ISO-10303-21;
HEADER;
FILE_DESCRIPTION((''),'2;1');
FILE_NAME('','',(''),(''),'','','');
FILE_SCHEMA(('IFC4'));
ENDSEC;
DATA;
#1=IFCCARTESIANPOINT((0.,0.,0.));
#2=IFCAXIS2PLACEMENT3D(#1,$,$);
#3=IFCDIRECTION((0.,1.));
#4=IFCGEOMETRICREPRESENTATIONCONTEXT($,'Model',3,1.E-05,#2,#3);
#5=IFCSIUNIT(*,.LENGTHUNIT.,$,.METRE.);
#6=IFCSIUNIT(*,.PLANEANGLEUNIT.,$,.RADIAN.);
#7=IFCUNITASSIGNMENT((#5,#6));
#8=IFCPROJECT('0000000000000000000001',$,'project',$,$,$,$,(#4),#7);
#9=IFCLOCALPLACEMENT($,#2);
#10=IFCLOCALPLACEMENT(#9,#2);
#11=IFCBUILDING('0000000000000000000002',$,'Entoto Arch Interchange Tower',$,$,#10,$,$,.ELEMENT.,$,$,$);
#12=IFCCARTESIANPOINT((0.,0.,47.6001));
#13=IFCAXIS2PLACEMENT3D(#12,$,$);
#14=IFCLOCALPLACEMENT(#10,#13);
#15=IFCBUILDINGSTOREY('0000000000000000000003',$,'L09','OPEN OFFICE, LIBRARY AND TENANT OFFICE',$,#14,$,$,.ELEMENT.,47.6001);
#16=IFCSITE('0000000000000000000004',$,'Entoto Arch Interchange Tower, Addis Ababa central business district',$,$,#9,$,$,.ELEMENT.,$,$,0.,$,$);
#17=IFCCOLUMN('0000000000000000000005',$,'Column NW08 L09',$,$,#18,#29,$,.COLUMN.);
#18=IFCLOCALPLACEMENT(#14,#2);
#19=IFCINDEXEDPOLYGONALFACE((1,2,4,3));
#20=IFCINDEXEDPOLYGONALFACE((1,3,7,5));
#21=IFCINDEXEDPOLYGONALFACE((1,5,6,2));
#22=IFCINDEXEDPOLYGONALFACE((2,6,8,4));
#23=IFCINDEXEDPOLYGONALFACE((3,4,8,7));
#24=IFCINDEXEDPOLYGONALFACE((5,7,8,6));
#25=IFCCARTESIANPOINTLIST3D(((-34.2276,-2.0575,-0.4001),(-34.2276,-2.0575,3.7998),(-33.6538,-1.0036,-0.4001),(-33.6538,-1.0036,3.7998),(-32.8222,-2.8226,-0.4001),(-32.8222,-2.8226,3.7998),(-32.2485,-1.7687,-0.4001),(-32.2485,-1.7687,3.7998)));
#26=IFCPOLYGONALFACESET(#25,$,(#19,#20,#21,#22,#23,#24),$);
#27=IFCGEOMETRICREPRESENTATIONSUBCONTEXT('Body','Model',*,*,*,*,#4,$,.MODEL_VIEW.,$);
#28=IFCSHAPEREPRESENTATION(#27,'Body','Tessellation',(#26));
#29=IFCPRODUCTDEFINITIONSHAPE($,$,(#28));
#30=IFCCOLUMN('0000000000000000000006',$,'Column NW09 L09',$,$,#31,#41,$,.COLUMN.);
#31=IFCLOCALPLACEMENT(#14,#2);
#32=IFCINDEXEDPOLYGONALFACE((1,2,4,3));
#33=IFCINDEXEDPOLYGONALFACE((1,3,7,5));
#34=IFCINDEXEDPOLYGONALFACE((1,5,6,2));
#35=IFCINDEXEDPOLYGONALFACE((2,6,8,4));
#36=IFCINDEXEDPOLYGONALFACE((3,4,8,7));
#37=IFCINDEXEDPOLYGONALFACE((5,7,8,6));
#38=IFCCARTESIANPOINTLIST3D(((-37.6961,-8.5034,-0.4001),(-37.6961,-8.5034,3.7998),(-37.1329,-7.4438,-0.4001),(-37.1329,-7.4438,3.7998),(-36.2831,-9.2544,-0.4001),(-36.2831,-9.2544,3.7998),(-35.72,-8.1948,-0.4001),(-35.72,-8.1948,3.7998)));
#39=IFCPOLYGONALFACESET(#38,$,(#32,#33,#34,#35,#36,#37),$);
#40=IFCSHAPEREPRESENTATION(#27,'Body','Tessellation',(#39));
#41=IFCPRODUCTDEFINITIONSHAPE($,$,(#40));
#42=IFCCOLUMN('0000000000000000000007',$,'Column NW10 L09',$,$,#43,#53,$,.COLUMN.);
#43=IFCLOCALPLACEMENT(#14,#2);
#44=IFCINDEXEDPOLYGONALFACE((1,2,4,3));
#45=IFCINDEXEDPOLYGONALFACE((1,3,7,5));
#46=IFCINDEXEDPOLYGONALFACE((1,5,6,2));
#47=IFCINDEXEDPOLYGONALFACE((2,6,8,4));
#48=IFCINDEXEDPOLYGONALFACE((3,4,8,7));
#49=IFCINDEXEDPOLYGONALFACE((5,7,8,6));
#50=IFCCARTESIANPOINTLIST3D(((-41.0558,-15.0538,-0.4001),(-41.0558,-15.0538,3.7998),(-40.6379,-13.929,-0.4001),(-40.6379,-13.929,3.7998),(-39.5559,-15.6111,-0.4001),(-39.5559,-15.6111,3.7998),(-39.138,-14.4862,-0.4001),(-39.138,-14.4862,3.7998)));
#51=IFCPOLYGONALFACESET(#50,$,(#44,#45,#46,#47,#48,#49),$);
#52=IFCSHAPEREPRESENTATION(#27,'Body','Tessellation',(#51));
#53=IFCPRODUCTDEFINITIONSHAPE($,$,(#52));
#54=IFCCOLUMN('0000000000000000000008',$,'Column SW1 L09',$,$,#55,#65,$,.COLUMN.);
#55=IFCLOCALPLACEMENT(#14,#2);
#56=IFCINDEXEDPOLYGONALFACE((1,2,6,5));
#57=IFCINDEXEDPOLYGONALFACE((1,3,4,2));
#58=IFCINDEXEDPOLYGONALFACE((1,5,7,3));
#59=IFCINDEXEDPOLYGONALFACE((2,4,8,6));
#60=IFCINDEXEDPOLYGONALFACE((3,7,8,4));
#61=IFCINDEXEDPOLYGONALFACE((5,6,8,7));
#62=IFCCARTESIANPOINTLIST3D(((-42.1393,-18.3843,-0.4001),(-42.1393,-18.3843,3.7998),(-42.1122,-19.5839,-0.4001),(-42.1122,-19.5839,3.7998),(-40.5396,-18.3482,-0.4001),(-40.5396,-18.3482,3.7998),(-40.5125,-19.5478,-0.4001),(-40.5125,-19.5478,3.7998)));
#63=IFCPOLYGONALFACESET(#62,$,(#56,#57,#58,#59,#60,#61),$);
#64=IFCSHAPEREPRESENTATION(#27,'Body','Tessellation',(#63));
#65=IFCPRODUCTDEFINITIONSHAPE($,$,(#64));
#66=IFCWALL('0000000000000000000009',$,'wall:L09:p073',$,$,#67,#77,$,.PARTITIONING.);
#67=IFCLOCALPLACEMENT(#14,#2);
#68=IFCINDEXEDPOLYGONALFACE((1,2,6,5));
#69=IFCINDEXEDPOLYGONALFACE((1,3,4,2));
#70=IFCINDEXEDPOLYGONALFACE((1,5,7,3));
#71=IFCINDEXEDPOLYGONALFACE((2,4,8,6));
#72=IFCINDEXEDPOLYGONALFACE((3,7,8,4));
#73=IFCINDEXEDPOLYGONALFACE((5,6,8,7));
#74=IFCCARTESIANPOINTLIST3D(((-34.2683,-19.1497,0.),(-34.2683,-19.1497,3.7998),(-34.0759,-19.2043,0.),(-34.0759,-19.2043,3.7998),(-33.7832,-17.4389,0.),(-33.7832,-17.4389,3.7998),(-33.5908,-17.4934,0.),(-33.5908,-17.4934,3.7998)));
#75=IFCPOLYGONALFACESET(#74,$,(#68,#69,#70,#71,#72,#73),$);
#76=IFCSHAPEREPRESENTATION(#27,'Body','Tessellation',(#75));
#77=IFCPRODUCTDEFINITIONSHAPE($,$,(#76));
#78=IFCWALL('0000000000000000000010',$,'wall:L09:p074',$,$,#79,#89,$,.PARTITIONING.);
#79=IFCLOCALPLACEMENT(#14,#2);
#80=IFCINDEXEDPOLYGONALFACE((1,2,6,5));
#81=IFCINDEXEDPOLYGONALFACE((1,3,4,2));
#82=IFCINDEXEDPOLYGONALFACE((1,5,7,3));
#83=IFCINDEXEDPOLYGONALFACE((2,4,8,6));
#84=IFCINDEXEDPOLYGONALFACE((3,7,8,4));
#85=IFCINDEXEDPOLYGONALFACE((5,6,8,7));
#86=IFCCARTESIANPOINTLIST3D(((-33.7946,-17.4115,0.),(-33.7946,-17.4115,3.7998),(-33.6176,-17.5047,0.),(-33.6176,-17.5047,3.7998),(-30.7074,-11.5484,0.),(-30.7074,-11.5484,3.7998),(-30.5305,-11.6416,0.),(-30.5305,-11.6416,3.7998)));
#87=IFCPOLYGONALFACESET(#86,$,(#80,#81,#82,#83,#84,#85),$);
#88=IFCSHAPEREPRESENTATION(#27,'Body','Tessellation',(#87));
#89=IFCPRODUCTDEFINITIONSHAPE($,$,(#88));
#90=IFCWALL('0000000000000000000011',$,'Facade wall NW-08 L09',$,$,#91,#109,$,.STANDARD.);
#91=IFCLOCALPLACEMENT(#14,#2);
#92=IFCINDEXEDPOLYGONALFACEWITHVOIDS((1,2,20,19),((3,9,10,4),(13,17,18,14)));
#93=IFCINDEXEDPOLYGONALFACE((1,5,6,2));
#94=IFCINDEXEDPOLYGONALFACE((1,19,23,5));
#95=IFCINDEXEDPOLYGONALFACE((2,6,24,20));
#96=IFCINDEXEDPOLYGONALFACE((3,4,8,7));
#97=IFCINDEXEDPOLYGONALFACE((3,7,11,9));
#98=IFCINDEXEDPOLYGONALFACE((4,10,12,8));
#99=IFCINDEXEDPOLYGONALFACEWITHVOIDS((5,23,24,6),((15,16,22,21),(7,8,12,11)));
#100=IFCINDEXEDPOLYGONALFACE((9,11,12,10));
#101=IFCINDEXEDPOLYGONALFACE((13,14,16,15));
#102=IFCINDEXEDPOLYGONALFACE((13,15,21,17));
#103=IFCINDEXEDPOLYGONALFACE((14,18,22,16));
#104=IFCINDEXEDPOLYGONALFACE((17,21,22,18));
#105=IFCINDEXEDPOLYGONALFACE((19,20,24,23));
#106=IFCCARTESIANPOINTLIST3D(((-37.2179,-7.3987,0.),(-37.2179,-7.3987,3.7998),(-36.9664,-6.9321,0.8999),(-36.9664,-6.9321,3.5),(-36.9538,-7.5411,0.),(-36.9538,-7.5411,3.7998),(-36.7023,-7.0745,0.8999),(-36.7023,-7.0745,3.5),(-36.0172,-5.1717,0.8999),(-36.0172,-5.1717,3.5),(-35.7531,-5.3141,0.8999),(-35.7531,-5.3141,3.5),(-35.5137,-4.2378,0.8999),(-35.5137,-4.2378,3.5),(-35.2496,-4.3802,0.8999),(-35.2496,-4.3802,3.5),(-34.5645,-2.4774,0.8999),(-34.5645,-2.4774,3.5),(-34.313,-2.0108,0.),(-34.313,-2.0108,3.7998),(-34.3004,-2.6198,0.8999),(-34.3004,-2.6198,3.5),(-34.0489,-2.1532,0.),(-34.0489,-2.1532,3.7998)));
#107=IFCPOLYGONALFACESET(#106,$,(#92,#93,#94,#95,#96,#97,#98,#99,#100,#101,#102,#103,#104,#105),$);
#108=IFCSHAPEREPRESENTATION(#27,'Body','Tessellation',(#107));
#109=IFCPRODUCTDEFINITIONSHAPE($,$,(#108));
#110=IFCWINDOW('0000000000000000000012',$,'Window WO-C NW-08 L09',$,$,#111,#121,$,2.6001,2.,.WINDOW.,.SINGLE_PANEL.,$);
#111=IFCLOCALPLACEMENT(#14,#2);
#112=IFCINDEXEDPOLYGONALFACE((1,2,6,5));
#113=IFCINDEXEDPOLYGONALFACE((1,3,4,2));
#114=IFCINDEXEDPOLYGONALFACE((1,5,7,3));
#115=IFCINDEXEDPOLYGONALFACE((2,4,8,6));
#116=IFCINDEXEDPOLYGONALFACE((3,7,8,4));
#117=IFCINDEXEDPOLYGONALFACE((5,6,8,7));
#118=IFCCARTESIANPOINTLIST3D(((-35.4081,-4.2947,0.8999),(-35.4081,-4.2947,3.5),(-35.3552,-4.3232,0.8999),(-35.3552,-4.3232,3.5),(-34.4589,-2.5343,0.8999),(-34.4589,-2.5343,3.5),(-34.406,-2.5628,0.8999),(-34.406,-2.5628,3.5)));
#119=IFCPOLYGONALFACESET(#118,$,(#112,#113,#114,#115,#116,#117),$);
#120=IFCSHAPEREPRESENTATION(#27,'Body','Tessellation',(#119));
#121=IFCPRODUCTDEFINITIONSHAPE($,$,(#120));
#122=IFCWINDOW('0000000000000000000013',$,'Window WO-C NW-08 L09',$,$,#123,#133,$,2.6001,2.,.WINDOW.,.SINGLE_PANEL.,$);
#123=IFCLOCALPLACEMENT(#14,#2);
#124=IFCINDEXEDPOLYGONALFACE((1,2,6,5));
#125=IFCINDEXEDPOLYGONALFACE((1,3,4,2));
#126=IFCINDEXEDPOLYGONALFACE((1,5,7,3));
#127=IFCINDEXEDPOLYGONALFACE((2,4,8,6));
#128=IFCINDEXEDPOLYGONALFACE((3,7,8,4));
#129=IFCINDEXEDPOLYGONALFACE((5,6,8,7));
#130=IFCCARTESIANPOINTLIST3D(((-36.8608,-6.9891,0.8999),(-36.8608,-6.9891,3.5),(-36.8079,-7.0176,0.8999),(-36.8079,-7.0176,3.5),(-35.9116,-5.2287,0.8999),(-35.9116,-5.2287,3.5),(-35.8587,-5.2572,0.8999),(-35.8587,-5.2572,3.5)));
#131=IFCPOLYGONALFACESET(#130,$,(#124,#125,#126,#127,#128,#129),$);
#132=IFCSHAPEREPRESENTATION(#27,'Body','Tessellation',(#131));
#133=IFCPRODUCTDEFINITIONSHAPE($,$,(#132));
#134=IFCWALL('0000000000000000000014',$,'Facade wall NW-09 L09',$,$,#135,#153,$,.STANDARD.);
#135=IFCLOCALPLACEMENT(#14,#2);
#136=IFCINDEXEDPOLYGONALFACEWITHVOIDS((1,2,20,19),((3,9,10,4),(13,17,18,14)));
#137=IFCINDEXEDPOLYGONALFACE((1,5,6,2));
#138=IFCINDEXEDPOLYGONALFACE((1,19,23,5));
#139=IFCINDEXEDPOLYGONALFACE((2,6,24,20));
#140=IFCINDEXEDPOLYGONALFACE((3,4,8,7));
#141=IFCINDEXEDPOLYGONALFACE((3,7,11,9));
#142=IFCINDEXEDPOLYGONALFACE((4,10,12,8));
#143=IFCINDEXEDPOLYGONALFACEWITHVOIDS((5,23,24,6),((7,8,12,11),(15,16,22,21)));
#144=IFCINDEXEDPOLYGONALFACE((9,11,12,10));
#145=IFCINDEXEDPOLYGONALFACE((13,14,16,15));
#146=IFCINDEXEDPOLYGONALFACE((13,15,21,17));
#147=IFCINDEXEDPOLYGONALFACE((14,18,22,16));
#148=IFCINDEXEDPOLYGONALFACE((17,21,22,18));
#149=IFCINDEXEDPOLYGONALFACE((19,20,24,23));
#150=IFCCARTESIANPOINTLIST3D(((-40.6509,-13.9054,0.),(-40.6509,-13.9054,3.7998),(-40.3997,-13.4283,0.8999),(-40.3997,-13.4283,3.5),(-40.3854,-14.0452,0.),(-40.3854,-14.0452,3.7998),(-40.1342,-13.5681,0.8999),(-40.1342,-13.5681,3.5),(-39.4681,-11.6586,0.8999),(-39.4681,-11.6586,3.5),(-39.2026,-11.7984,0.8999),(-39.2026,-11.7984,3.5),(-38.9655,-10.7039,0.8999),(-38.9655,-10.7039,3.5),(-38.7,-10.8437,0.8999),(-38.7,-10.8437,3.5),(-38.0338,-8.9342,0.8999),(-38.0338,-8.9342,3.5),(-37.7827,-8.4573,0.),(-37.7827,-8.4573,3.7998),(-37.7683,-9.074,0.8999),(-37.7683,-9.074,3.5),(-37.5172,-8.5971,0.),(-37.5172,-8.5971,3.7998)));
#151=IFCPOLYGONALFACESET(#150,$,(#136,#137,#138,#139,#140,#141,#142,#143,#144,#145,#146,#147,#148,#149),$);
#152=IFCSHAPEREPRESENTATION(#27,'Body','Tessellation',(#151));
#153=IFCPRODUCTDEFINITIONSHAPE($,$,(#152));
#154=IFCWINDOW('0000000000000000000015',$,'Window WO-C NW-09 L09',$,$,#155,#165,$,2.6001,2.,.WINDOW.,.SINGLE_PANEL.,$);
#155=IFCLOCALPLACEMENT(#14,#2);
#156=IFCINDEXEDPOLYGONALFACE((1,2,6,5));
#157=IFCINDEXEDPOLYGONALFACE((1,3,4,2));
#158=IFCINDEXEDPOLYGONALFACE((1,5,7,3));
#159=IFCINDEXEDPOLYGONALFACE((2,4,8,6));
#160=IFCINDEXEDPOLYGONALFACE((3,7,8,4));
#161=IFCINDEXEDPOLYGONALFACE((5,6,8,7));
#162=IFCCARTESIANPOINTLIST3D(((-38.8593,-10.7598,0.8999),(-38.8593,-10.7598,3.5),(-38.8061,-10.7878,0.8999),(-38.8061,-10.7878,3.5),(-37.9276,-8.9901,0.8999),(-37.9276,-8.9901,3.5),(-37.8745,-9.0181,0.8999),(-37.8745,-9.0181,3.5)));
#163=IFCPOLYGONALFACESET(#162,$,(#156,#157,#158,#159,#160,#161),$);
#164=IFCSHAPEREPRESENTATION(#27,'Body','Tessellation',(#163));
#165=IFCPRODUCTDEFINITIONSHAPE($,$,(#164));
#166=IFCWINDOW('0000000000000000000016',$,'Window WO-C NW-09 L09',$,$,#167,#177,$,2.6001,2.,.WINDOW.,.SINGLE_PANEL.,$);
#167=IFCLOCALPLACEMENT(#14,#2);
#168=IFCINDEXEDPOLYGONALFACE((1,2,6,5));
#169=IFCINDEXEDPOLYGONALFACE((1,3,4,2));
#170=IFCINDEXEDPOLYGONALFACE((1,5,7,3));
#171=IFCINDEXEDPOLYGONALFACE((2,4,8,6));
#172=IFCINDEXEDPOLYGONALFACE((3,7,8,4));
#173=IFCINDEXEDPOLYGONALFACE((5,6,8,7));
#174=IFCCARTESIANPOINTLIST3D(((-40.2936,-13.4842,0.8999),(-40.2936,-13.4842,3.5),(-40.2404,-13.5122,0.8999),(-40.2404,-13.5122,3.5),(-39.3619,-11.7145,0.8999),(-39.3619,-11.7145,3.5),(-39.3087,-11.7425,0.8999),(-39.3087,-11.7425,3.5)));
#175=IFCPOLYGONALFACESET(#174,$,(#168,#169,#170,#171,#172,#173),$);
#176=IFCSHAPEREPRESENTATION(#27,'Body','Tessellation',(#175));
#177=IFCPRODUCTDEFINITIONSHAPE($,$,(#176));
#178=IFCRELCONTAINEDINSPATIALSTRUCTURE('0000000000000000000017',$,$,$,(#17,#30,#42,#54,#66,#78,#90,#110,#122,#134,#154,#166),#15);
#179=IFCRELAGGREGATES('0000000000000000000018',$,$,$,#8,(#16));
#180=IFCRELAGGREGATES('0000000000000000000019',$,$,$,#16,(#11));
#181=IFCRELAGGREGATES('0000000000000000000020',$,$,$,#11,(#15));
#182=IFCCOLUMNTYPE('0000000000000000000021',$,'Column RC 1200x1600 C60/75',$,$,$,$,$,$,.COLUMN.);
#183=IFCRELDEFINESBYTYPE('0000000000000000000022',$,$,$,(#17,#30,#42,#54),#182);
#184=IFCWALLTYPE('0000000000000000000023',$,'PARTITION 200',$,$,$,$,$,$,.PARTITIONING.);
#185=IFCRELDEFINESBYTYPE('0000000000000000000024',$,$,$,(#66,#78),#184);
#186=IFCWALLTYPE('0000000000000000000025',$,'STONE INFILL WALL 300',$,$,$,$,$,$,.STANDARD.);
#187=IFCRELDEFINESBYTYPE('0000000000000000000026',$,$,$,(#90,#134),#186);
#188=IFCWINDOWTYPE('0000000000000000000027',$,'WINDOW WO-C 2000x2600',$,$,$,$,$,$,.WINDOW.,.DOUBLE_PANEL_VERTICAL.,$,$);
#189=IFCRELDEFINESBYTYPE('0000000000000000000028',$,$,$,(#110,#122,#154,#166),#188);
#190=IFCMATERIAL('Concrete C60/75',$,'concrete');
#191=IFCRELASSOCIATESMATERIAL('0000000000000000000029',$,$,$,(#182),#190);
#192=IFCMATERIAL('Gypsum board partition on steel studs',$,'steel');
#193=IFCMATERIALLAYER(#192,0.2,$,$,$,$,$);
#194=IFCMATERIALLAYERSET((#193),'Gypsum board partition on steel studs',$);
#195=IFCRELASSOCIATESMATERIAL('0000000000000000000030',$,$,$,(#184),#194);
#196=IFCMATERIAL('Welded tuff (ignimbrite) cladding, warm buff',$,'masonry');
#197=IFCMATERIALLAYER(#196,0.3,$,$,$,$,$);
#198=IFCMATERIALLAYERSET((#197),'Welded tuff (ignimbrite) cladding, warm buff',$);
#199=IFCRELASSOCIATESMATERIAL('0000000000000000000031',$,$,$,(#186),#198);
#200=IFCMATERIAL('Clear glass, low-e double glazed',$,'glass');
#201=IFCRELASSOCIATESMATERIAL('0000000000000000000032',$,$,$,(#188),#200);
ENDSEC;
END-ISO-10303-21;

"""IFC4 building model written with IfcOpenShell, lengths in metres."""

from ifc_helpers import new_model, si_unit, direction, frame, frame_2d, origin, origin_2d, place, context, subcontext, project, spatial, rectangle, extrude, material, layer, layer_set, material_profile, profile_set, type_object, element, fill, save


model = new_model("IFC4")

# Units and contexts
model_context = context("Model", 3, precision=1e-05, world=origin(), true_north=direction((0.0, 1.0)))
body_context = subcontext(model_context, "Body", "Model", "MODEL_VIEW")
ifc_project = project(units=[si_unit("LENGTHUNIT", "METRE"), si_unit("PLANEANGLEUNIT", "RADIAN")], contexts=[model_context])

# Site, building, storey
site_placement = place(None, origin())
site = spatial("IfcSite", under=ifc_project, at=site_placement, Name="Entoto Arch Interchange Tower, Addis Ababa central business district", CompositionType="ELEMENT", RefElevation=0.0)
building_placement = place(site_placement, origin())
building = spatial("IfcBuilding", under=site, at=building_placement, Name="Entoto Arch Interchange Tower", CompositionType="ELEMENT")
storey_placement = place(building_placement, frame((0.0, 0.0, 47.6001)))
storey = spatial("IfcBuildingStorey", under=building, at=storey_placement, Name="L09", Description="OPEN OFFICE, LIBRARY AND TENANT OFFICE", CompositionType="ELEMENT", Elevation=47.6001)

# Columns
ifc_material_1 = material(Name="Concrete C60/75", Category="concrete")
ifc_material_profile = material_profile(ifc_material_1, rectangle(XDim=1.2, YDim=1.6001, at=origin_2d()))
ifc_profile_set = profile_set([ifc_material_profile], Name="Concrete C60/75")
column_type = type_object("IfcColumnType", Name="Column RC 1200x1600 C60/75", PredefinedType="COLUMN", material=ifc_profile_set)
for number, where, z_axis, x_axis, name in (
    (1, (-33.238, -1.9131, -0.4001), (0.0, 0.0, 1.0), (0.47814, 0.878284, 0.0), "Column NW08 L09"),
    (2, (-36.708, -8.3491, -0.4001), (0.0, 0.0, 1.0), (0.469317, 0.88303, 0.0), "Column NW09 L09"),
    (3, (-40.0969, -14.77, -0.4001), (0.0, 0.0, 1.0), (0.348278, 0.937391, 0.0), "Column NW10 L09"),
    (4, (-41.3259, -18.9661, -0.4001), (0.0, 0.0, 1.0), (-0.022565, 0.999745, 0.0), "Column SW1 L09"),
):
    element("IfcColumn", number, at=place(storey_placement, frame(where, z_axis=z_axis, x_axis=x_axis)), inside=storey, type_object=column_type, Name=name, PredefinedType="COLUMN", context=body_context, shape_type="SweptSolid", body=[
        extrude(rectangle(XDim=1.2, YDim=1.6001, at=origin_2d()), origin(), (0.0, 0.0, 1.0), 4.2),
    ])

# Walls
ifc_material_2 = material(Name="Gypsum board partition on steel studs", Category="steel")
ifc_layer_1 = layer(ifc_material_2, 0.2)
ifc_layer_set_1 = layer_set([ifc_layer_1], Name="Gypsum board partition on steel studs")
wall_type_1 = type_object("IfcWallType", Name="PARTITION 200", PredefinedType="PARTITIONING", material=ifc_layer_set_1)
wall_1_placement = place(storey_placement, frame((-34.1721, -19.177, 0.0), z_axis=(0.0, 0.0, 1.0), x_axis=(0.27278, 0.962076, 0.0)))
element("IfcWall", 5, at=wall_1_placement, inside=storey, type_object=wall_type_1, Name="wall:L09:p073", PredefinedType="PARTITIONING", context=body_context, shape_type="SweptSolid", body=[
    extrude(rectangle(XDim=1.7783, YDim=0.2, at=frame_2d((0.8892, 0.0))), origin(), (0.0, 0.0, 1.0), 3.7998),
])
wall_2_placement = place(storey_placement, frame((-33.7061, -17.458, 0.0), z_axis=(0.0, 0.0, 1.0), x_axis=(0.465906, 0.884834, 0.0)))
element("IfcWall", 6, at=wall_2_placement, inside=storey, type_object=wall_type_1, Name="wall:L09:p074", PredefinedType="PARTITIONING", context=body_context, shape_type="SweptSolid", body=[
    extrude(rectangle(XDim=6.6262, YDim=0.2, at=frame_2d((3.313, 0.0))), origin(), (0.0, 0.0, 1.0), 3.7998),
])

# Walls, openings, windows
ifc_material_3 = material(Name="Welded tuff (ignimbrite) cladding, warm buff", Category="masonry")
ifc_layer_2 = layer(ifc_material_3, 0.3)
ifc_layer_set_2 = layer_set([ifc_layer_2], Name="Welded tuff (ignimbrite) cladding, warm buff")
wall_type_2 = type_object("IfcWallType", Name="STONE INFILL WALL 300", PredefinedType="STANDARD", material=ifc_layer_set_2)
wall_3_placement = place(storey_placement, frame((-34.1809, -2.082, 0.0), z_axis=(0.0, 0.0, 1.0), x_axis=(-0.474585, -0.88021, 0.0)))
wall_3 = element("IfcWall", 7, at=wall_3_placement, inside=storey, type_object=wall_type_2, Name="Facade wall NW-08 L09", PredefinedType="STANDARD", context=body_context, shape_type="SweptSolid", body=[
    extrude(rectangle(XDim=6.1211, YDim=0.3, at=frame_2d((3.0605, 0.0))), origin(), (0.0, 0.0, 1.0), 3.7998),
])
opening_1_placement = place(wall_3_placement, frame((0.53, 0.0, 0.8999)))
opening_1 = element("IfcOpeningElement", 8, at=opening_1_placement, cuts=wall_3, PredefinedType="OPENING", context=body_context, shape_type="SweptSolid", body=[
    extrude(rectangle(XDim=2.0, YDim=2.6001, at=frame_2d((1.0, 1.3))), frame((0.0, 0.1602, 0.0), z_axis=(0.0, -1.0, 0.0), x_axis=(1.0, 0.0, 0.0)), (0.0, 0.0, 1.0), 0.3201),
])
opening_2_placement = place(wall_3_placement, frame((3.5911, 0.0, 0.8999)))
opening_2 = element("IfcOpeningElement", 9, at=opening_2_placement, cuts=wall_3, PredefinedType="OPENING", context=body_context, shape_type="SweptSolid", body=[
    extrude(rectangle(XDim=2.0, YDim=2.6001, at=frame_2d((1.0, 1.3))), frame((0.0, 0.1602, 0.0), z_axis=(0.0, -1.0, 0.0), x_axis=(1.0, 0.0, 0.0)), (0.0, 0.0, 1.0), 0.3201),
])
ifc_material_4 = material(Name="Clear glass, low-e double glazed", Category="glass")
window_type_1 = type_object("IfcWindowType", Name="WINDOW WO-C 2000x2600", PartitioningType="DOUBLE_PANEL_VERTICAL", PredefinedType="WINDOW", material=ifc_material_4)
window_1_placement = place(opening_1_placement, origin())
window_1 = element("IfcWindow", 10, at=window_1_placement, inside=storey, type_object=window_type_1, Name="Window WO-C NW-08 L09", OverallHeight=2.6001, OverallWidth=2.0, PartitioningType="SINGLE_PANEL", PredefinedType="WINDOW", context=body_context, shape_type="SweptSolid", body=[
    extrude(rectangle(XDim=2.0, YDim=2.6001, at=frame_2d((1.0, 1.3))), frame((0.0, 0.03, 0.0), z_axis=(0.0, -1.0, 0.0), x_axis=(1.0, 0.0, 0.0)), (0.0, 0.0, 1.0), 0.0601),
])
fill(opening_1, window_1)
window_2_placement = place(opening_2_placement, origin())
window_2 = element("IfcWindow", 11, at=window_2_placement, inside=storey, type_object=window_type_1, Name="Window WO-C NW-08 L09", OverallHeight=2.6001, OverallWidth=2.0, PartitioningType="SINGLE_PANEL", PredefinedType="WINDOW", context=body_context, shape_type="SweptSolid", body=[
    extrude(rectangle(XDim=2.0, YDim=2.6001, at=frame_2d((1.0, 1.3))), frame((0.0, 0.03, 0.0), z_axis=(0.0, -1.0, 0.0), x_axis=(1.0, 0.0, 0.0)), (0.0, 0.0, 1.0), 0.0601),
])
fill(opening_2, window_2)
wall_4_placement = place(storey_placement, frame((-37.6499, -8.5271, 0.0), z_axis=(0.0, 0.0, 1.0), x_axis=(-0.465848, -0.884865, 0.0)))
wall_4 = element("IfcWall", 12, at=wall_4_placement, inside=storey, type_object=wall_type_2, Name="Facade wall NW-09 L09", PredefinedType="STANDARD", context=body_context, shape_type="SweptSolid", body=[
    extrude(rectangle(XDim=6.157, YDim=0.3, at=frame_2d((3.0786, 0.0))), origin(), (0.0, 0.0, 1.0), 3.7998),
])
opening_3_placement = place(wall_4_placement, frame((0.5391, 0.0, 0.8999)))
opening_3 = element("IfcOpeningElement", 13, at=opening_3_placement, cuts=wall_4, PredefinedType="OPENING", context=body_context, shape_type="SweptSolid", body=[
    extrude(rectangle(XDim=2.0, YDim=2.6001, at=frame_2d((1.0, 1.3))), frame((0.0, 0.1602, 0.0), z_axis=(0.0, -1.0, 0.0), x_axis=(1.0, 0.0, 0.0)), (0.0, 0.0, 1.0), 0.3201),
])
opening_4_placement = place(wall_4_placement, frame((3.6179, 0.0, 0.8999)))
opening_4 = element("IfcOpeningElement", 14, at=opening_4_placement, cuts=wall_4, PredefinedType="OPENING", context=body_context, shape_type="SweptSolid", body=[
    extrude(rectangle(XDim=2.0, YDim=2.6001, at=frame_2d((1.0, 1.3))), frame((0.0, 0.1602, 0.0), z_axis=(0.0, -1.0, 0.0), x_axis=(1.0, 0.0, 0.0)), (0.0, 0.0, 1.0), 0.3201),
])
window_3_placement = place(opening_3_placement, origin())
window_3 = element("IfcWindow", 15, at=window_3_placement, inside=storey, type_object=window_type_1, Name="Window WO-C NW-09 L09", OverallHeight=2.6001, OverallWidth=2.0, PartitioningType="SINGLE_PANEL", PredefinedType="WINDOW", context=body_context, shape_type="SweptSolid", body=[
    extrude(rectangle(XDim=2.0, YDim=2.6001, at=frame_2d((1.0, 1.3))), frame((0.0, 0.03, 0.0), z_axis=(0.0, -1.0, 0.0), x_axis=(1.0, 0.0, 0.0)), (0.0, 0.0, 1.0), 0.0601),
])
fill(opening_3, window_3)
window_4_placement = place(opening_4_placement, origin())
window_4 = element("IfcWindow", 16, at=window_4_placement, inside=storey, type_object=window_type_1, Name="Window WO-C NW-09 L09", OverallHeight=2.6001, OverallWidth=2.0, PartitioningType="SINGLE_PANEL", PredefinedType="WINDOW", context=body_context, shape_type="SweptSolid", body=[
    extrude(rectangle(XDim=2.0, YDim=2.6001, at=frame_2d((1.0, 1.3))), frame((0.0, 0.03, 0.0), z_axis=(0.0, -1.0, 0.0), x_axis=(1.0, 0.0, 0.0)), (0.0, 0.0, 1.0), 0.0601),
])
fill(opening_4, window_4)

save(model, "model.ifc")
